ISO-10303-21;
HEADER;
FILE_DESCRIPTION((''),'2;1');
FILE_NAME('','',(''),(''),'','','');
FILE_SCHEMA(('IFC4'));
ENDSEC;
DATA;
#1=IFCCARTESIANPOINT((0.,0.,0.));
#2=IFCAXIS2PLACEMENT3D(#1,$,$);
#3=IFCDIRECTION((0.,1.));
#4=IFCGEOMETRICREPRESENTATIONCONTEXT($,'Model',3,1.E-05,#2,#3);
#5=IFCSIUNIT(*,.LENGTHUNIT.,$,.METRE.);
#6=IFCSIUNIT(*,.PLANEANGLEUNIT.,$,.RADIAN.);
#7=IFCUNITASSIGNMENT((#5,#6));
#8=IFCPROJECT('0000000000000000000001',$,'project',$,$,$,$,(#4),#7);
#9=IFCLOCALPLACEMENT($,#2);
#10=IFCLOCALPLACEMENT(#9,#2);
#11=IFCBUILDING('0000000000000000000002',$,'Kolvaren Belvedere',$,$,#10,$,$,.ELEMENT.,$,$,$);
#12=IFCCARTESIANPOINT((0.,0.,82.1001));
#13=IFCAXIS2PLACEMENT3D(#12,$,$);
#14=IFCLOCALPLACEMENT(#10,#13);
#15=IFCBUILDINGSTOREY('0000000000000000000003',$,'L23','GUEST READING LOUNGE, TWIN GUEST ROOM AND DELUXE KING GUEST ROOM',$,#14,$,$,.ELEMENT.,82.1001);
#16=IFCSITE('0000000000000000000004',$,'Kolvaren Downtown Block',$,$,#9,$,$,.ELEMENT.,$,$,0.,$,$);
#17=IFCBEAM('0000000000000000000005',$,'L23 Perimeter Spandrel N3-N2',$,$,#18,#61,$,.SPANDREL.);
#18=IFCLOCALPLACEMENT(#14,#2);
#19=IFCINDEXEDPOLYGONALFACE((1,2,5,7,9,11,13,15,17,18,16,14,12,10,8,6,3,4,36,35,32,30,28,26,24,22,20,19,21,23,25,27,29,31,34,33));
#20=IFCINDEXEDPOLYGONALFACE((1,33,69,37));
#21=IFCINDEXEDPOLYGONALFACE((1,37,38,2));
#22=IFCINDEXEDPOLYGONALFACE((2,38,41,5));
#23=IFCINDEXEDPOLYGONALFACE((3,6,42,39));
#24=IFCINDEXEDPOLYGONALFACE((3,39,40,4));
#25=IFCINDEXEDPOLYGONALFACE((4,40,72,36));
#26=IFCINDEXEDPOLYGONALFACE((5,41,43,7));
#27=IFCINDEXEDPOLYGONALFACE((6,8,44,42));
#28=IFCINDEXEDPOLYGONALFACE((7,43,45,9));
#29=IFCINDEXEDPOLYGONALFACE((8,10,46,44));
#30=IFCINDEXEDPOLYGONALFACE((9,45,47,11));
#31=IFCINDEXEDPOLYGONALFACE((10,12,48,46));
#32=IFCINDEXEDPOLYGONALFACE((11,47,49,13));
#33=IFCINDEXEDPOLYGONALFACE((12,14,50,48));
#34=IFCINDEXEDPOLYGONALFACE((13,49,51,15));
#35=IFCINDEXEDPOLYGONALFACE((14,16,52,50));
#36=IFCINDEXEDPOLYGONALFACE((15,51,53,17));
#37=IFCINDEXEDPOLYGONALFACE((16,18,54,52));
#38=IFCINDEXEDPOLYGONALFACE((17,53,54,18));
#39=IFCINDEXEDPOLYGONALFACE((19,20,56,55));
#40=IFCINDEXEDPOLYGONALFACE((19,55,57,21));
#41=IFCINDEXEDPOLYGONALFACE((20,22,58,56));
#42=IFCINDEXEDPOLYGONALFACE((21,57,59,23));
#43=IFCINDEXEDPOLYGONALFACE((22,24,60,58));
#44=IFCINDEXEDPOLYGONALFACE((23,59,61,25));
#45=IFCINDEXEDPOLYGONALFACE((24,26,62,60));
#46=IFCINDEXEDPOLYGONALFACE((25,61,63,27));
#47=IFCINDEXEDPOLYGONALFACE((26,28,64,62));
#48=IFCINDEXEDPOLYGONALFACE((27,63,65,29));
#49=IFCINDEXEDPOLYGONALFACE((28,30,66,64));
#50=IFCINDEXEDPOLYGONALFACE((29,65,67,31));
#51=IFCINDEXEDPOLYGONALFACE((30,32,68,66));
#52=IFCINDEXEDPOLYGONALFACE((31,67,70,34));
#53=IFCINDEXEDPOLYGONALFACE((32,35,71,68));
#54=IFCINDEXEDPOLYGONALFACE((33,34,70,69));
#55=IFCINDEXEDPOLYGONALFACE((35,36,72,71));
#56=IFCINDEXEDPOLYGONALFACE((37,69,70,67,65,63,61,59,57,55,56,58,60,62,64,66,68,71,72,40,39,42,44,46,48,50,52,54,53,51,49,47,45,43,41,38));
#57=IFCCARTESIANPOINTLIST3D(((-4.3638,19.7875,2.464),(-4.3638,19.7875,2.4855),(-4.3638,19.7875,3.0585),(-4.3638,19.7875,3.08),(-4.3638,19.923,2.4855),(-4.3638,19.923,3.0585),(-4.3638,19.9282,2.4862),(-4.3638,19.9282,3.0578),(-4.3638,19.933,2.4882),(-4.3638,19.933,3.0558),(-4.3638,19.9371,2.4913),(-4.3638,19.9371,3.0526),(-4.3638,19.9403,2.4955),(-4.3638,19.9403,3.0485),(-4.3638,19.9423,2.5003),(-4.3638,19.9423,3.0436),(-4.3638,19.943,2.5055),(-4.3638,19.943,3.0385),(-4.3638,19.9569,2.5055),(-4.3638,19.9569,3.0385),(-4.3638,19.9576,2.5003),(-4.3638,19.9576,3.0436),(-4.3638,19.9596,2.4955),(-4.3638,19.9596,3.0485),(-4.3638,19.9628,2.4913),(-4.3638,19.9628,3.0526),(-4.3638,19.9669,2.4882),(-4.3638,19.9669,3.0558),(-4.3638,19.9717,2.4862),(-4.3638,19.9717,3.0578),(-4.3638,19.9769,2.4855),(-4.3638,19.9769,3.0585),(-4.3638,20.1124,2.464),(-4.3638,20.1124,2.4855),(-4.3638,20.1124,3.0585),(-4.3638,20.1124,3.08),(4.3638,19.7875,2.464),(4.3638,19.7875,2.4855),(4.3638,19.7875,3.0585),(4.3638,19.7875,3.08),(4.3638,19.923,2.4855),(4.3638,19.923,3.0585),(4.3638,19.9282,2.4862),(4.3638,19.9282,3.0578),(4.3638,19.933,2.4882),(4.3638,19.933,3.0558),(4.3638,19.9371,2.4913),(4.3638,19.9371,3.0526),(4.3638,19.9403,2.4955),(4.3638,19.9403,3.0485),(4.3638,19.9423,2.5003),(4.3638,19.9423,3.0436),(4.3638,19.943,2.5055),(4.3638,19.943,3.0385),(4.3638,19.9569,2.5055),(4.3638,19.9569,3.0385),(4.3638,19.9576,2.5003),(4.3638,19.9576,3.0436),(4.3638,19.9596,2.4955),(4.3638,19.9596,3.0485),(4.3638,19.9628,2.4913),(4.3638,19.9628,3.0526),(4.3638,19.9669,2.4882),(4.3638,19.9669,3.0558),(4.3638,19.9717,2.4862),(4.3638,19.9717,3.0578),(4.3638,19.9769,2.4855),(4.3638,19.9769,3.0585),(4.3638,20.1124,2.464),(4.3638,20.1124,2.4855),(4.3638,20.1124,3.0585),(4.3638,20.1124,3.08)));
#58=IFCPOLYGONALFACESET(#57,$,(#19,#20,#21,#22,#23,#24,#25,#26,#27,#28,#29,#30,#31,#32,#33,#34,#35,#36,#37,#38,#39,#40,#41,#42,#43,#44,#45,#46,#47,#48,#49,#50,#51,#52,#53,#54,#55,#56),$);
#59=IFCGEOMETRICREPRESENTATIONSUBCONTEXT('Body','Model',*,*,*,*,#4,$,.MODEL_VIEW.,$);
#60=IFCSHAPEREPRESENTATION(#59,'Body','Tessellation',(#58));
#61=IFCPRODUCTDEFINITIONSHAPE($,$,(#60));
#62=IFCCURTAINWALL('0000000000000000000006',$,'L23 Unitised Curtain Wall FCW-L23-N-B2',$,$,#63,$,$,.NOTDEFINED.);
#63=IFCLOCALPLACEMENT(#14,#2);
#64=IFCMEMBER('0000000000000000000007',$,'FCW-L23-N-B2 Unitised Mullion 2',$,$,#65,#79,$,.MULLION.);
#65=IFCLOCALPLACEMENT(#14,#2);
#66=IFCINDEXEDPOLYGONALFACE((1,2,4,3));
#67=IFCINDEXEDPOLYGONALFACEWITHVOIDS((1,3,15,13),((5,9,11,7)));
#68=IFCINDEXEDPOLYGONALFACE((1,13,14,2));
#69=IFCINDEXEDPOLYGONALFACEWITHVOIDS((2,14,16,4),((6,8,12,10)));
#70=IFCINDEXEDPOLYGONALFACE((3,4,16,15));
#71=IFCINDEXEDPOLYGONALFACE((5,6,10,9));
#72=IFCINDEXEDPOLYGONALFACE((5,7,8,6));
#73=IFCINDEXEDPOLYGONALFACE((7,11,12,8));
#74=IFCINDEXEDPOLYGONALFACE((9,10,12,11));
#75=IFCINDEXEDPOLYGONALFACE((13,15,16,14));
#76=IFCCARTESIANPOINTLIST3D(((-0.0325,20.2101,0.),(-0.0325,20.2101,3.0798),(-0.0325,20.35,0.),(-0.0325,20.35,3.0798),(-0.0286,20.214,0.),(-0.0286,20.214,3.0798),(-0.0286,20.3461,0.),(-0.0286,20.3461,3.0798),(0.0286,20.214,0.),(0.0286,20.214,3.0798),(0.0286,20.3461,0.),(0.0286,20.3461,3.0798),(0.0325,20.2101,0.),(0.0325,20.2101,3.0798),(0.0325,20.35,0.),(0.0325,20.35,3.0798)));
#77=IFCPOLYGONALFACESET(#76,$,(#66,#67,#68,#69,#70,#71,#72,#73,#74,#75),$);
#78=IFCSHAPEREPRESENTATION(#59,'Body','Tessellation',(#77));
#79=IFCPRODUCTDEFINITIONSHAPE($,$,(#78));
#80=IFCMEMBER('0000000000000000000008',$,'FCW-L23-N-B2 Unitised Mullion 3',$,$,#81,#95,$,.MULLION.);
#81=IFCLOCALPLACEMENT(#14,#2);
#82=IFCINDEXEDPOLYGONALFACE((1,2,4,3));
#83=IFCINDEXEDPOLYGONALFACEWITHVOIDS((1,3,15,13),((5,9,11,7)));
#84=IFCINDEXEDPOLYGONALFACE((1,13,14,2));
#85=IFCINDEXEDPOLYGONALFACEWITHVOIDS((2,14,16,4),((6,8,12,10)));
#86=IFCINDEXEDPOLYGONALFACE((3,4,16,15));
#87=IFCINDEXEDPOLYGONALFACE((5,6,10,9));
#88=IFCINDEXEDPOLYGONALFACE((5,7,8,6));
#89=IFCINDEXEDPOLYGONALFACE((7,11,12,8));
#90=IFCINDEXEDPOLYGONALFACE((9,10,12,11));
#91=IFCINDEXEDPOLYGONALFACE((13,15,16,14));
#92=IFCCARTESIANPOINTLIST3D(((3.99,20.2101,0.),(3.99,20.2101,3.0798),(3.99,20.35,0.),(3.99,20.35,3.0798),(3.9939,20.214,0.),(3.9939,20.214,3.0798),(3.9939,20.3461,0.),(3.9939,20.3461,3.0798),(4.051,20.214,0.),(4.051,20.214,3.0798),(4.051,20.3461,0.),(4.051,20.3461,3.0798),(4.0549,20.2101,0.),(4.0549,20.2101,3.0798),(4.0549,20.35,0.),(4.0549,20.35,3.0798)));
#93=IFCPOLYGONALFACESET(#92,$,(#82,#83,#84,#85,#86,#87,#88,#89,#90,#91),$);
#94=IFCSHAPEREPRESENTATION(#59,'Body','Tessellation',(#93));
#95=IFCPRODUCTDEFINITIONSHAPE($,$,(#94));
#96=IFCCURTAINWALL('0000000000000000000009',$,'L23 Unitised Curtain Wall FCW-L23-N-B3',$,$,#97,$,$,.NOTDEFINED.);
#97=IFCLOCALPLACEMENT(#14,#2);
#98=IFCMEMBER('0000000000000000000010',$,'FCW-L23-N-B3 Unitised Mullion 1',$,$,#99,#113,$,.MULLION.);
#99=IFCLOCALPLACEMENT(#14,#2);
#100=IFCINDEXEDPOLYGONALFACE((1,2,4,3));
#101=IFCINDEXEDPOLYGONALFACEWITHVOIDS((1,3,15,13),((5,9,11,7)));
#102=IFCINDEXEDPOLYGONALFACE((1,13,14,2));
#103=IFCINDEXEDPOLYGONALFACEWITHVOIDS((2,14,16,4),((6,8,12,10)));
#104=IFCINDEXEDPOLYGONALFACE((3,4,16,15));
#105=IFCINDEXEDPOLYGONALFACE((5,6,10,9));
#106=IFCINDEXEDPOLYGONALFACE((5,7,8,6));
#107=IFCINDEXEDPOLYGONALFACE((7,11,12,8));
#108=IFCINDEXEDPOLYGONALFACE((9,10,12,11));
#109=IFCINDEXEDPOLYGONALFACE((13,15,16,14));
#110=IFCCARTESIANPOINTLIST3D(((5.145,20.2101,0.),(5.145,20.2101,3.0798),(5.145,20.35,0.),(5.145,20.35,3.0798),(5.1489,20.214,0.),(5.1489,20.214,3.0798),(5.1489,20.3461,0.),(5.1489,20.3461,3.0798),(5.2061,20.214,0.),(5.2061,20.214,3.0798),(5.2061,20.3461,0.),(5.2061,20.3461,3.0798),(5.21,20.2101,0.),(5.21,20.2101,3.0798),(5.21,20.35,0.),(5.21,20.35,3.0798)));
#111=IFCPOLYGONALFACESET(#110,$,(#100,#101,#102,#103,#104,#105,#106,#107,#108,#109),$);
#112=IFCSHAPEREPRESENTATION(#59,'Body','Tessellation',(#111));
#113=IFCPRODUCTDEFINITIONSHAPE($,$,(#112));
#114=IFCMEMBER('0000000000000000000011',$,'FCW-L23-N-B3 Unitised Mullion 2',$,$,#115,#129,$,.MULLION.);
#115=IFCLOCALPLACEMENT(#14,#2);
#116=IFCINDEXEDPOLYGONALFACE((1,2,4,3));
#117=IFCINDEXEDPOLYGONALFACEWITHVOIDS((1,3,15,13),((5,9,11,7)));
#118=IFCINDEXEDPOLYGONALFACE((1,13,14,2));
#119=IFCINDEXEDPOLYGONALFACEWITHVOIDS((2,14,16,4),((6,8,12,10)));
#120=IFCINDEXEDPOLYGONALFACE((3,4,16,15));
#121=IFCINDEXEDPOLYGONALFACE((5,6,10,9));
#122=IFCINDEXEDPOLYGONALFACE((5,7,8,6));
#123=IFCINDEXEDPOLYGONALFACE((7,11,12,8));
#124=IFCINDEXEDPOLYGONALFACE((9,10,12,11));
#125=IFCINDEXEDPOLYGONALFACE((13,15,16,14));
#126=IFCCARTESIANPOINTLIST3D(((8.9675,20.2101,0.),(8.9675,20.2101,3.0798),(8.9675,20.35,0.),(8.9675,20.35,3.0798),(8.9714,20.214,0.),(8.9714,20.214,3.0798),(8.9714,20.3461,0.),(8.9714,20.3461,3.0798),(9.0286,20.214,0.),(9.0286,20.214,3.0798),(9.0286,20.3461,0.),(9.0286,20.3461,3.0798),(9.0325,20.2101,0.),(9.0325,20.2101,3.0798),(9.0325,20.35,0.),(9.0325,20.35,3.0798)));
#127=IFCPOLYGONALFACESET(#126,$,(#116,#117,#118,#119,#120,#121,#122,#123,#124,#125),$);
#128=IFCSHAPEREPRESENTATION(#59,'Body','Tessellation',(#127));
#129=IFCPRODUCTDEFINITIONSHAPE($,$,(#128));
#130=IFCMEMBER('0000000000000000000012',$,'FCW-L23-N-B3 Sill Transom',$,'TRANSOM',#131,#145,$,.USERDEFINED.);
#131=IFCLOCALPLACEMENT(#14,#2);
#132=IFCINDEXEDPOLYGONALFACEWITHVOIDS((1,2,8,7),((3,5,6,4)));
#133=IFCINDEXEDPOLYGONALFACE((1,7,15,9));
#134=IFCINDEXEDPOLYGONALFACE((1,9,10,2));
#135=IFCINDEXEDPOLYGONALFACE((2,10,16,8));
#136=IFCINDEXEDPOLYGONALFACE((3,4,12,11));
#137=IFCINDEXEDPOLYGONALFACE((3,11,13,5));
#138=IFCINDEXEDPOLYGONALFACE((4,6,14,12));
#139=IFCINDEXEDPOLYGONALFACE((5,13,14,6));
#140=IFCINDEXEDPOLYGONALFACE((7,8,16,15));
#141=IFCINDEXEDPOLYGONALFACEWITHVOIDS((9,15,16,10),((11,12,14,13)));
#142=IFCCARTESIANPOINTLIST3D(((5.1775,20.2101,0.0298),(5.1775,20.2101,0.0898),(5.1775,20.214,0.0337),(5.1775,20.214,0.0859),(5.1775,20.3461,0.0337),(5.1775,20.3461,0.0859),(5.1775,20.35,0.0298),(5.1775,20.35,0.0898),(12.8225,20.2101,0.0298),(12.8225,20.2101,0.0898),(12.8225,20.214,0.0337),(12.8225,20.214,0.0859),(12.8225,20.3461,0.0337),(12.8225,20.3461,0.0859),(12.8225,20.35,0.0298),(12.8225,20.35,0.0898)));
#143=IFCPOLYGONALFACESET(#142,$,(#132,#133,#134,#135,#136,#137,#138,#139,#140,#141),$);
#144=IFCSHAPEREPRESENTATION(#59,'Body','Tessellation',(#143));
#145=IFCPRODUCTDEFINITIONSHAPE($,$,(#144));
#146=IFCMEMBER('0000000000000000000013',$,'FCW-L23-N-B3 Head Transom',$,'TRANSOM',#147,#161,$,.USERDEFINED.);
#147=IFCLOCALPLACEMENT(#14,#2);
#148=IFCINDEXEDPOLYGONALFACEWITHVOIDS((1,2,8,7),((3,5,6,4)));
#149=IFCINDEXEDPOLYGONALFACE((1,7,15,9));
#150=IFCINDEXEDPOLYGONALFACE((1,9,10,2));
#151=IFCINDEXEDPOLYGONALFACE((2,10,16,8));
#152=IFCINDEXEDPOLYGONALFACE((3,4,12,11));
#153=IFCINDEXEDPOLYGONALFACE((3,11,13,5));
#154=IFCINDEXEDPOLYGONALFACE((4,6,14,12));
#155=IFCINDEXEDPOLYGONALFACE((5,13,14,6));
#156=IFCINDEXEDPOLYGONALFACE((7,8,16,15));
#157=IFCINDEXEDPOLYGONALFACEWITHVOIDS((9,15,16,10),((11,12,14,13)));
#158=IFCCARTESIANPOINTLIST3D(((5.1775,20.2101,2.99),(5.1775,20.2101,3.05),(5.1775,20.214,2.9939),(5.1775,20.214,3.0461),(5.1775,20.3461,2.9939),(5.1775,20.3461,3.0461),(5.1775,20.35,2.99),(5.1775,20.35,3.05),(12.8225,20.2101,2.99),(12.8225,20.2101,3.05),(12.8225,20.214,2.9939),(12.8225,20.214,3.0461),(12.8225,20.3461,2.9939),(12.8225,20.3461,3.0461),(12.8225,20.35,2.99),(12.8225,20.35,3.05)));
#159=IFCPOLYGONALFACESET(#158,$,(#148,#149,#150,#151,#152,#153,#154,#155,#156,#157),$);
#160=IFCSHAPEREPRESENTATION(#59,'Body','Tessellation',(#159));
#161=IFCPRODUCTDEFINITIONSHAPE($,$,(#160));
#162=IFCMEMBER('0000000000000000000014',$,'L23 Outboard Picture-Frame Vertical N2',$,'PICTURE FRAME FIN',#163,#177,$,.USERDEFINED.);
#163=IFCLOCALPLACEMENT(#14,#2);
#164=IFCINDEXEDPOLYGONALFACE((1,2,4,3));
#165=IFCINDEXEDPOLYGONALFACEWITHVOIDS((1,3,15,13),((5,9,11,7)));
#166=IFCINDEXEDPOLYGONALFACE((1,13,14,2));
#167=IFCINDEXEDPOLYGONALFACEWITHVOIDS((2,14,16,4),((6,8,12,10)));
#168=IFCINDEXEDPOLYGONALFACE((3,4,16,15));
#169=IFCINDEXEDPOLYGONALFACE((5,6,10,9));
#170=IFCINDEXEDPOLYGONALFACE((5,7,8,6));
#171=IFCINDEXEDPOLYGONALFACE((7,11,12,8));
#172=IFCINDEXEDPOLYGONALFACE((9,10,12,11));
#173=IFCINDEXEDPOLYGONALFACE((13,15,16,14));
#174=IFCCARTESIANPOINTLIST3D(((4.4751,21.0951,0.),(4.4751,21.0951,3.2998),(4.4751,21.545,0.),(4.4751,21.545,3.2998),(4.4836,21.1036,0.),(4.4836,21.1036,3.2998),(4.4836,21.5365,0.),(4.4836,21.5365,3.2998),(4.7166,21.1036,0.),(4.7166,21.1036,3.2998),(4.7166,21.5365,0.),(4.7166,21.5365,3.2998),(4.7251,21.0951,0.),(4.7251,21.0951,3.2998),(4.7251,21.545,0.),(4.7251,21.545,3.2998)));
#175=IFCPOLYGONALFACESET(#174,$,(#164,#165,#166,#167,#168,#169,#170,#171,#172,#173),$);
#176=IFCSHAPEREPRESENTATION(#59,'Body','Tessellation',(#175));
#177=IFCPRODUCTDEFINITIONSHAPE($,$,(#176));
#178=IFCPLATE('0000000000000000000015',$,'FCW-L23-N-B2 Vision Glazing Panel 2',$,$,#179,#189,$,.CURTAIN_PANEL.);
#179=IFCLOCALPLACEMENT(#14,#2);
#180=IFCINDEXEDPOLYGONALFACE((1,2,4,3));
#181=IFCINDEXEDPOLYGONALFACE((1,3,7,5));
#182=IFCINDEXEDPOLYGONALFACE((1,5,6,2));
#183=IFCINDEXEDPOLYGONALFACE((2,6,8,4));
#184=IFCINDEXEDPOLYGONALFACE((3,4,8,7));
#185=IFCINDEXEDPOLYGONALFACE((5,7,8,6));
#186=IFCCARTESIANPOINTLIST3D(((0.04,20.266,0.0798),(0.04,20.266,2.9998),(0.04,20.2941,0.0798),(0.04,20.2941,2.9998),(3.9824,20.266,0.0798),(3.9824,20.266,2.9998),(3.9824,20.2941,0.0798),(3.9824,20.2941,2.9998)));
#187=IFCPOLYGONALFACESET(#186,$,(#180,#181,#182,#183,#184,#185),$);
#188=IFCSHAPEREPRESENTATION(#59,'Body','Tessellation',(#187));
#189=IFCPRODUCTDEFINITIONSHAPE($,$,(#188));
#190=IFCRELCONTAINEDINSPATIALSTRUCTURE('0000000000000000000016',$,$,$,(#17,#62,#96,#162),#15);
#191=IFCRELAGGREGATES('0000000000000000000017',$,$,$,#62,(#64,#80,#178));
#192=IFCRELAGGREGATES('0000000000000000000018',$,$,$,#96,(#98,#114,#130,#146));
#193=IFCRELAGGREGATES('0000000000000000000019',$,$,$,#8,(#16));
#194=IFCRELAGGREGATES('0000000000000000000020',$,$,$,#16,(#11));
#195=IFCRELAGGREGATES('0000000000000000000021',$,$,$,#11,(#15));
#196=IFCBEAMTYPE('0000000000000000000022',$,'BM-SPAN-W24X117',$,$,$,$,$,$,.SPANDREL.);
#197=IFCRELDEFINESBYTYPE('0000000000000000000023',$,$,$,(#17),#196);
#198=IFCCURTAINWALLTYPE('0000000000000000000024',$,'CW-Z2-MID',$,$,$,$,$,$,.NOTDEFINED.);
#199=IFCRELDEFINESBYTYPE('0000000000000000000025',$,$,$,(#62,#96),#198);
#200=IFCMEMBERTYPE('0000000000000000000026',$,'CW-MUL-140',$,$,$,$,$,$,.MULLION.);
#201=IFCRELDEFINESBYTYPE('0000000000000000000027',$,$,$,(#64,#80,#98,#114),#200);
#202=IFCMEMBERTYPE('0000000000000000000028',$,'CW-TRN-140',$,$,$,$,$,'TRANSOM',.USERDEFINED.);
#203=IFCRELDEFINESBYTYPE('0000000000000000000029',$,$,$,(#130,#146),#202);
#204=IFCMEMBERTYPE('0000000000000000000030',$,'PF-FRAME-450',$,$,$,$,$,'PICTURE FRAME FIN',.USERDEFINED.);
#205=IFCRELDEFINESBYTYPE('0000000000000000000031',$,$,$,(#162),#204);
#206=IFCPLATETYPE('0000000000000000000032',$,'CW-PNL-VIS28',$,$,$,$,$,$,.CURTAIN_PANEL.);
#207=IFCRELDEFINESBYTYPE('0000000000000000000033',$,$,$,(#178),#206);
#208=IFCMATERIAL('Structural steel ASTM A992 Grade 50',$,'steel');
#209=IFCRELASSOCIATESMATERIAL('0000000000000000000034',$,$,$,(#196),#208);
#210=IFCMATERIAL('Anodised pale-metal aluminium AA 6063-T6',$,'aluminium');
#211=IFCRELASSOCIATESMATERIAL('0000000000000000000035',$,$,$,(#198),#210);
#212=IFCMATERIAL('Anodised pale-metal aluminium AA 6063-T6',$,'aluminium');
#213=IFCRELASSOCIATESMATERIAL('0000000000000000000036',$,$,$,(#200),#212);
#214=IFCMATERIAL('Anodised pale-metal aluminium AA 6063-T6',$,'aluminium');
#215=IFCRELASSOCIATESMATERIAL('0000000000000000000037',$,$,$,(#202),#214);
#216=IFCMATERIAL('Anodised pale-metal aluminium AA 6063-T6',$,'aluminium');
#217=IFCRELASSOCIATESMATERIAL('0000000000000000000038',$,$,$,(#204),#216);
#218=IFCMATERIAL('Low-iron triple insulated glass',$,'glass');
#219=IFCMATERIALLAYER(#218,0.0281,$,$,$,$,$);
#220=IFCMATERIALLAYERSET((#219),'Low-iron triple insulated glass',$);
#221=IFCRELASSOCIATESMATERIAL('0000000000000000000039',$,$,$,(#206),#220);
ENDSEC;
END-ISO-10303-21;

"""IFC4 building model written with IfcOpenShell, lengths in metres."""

from ifc_helpers import new_model, si_unit, direction, frame, origin, origin_2d, place, context, subcontext, project, spatial, rectangle, hollow_rectangle, i_section, extrude, material, layer, layer_set, material_profile, profile_set, type_object, element, aggregate, save


model = new_model("IFC4")

# Units and contexts
model_context = context("Model", 3, precision=1e-05, world=origin(), true_north=direction((0.0, 1.0)))
body_context = subcontext(model_context, "Body", "Model", "MODEL_VIEW")
ifc_project = project(units=[si_unit("LENGTHUNIT", "METRE"), si_unit("PLANEANGLEUNIT", "RADIAN")], contexts=[model_context])

# Site, building, storey
site_placement = place(None, origin())
site = spatial("IfcSite", under=ifc_project, at=site_placement, Name="Kolvaren Downtown Block", CompositionType="ELEMENT", RefElevation=0.0)
building_placement = place(site_placement, origin())
building = spatial("IfcBuilding", under=site, at=building_placement, Name="Kolvaren Belvedere", CompositionType="ELEMENT")
storey_placement = place(building_placement, frame((0.0, 0.0, 82.1001)))
storey = spatial("IfcBuildingStorey", under=building, at=storey_placement, Name="L23", Description="GUEST READING LOUNGE, TWIN GUEST ROOM AND DELUXE KING GUEST ROOM", CompositionType="ELEMENT", Elevation=82.1001)

# Beam
ifc_material_1 = material(Name="Structural steel ASTM A992 Grade 50", Category="steel")
ifc_material_profile_1 = material_profile(ifc_material_1, i_section(OverallWidth=0.325, OverallDepth=0.616, WebThickness=0.0139, FlangeThickness=0.0215, FilletRadius=0.02, at=origin_2d()), Name="W24X117")
ifc_profile_set_1 = profile_set([ifc_material_profile_1], Name="Structural steel ASTM A992 Grade 50")
beam_type_1 = type_object("IfcBeamType", Name="BM-SPAN-W24X117", PredefinedType="SPANDREL", material=ifc_profile_set_1)
beam_1_placement = place(storey_placement, frame((4.3638, 19.95, 2.772), z_axis=(-1.0, 0.0, 0.0), x_axis=(0.0, -1.0, 0.0)))
element("IfcBeam", 1, at=beam_1_placement, inside=storey, type_object=beam_type_1, Name="L23 Perimeter Spandrel N3-N2", PredefinedType="SPANDREL", context=body_context, shape_type="SweptSolid", body=[
    extrude(i_section(OverallWidth=0.325, OverallDepth=0.616, WebThickness=0.0139, FlangeThickness=0.0215, FilletRadius=0.02, at=origin_2d()), origin(), (0.0, 0.0, 1.0), 8.7275),
])

# Curtain walls, members
ifc_material_2 = material(Name="Anodised pale-metal aluminium AA 6063-T6", Category="aluminium")
curtain_wall_type = type_object("IfcCurtainWallType", Name="CW-Z2-MID", PredefinedType="NOTDEFINED", material=ifc_material_2)
curtain_wall_1_placement = place(storey_placement, origin())
curtain_wall_1 = element("IfcCurtainWall", 2, at=curtain_wall_1_placement, inside=storey, type_object=curtain_wall_type, Name="L23 Unitised Curtain Wall FCW-L23-N-B2", PredefinedType="NOTDEFINED")
ifc_material_3 = material(Name="Anodised pale-metal aluminium AA 6063-T6", Category="aluminium")
ifc_material_profile_2 = material_profile(ifc_material_3, hollow_rectangle(XDim=0.0649, YDim=0.1399, WallThickness=0.0039, at=origin_2d()), Name="ALU-MUL-140X65")
ifc_profile_set_2 = profile_set([ifc_material_profile_2], Name="Anodised pale-metal aluminium AA 6063-T6")
member_type_1 = type_object("IfcMemberType", Name="CW-MUL-140", PredefinedType="MULLION", material=ifc_profile_set_2)
member_1_placement = place(storey_placement, frame((0.0, 20.28, 0.0), z_axis=(0.0, 0.0, 1.0), x_axis=(1.0, 0.0, 0.0)))
member_1 = element("IfcMember", 3, at=member_1_placement, type_object=member_type_1, Name="FCW-L23-N-B2 Unitised Mullion 2", PredefinedType="MULLION", context=body_context, shape_type="SweptSolid", body=[
    extrude(hollow_rectangle(XDim=0.0649, YDim=0.1399, WallThickness=0.0039, at=origin_2d()), origin(), (0.0, 0.0, 1.0), 3.0798),
])
member_2_placement = place(storey_placement, frame((4.0225, 20.28, 0.0), z_axis=(0.0, 0.0, 1.0), x_axis=(1.0, 0.0, 0.0)))
member_2 = element("IfcMember", 4, at=member_2_placement, type_object=member_type_1, Name="FCW-L23-N-B2 Unitised Mullion 3", PredefinedType="MULLION", context=body_context, shape_type="SweptSolid", body=[
    extrude(hollow_rectangle(XDim=0.0649, YDim=0.1399, WallThickness=0.0039, at=origin_2d()), origin(), (0.0, 0.0, 1.0), 3.0798),
])
curtain_wall_2_placement = place(storey_placement, origin())
curtain_wall_2 = element("IfcCurtainWall", 5, at=curtain_wall_2_placement, inside=storey, type_object=curtain_wall_type, Name="L23 Unitised Curtain Wall FCW-L23-N-B3", PredefinedType="NOTDEFINED")
member_3_placement = place(storey_placement, frame((5.1775, 20.28, 0.0), z_axis=(0.0, 0.0, 1.0), x_axis=(1.0, 0.0, 0.0)))
member_3 = element("IfcMember", 6, at=member_3_placement, type_object=member_type_1, Name="FCW-L23-N-B3 Unitised Mullion 1", PredefinedType="MULLION", context=body_context, shape_type="SweptSolid", body=[
    extrude(hollow_rectangle(XDim=0.0649, YDim=0.1399, WallThickness=0.0039, at=origin_2d()), origin(), (0.0, 0.0, 1.0), 3.0798),
])
member_4_placement = place(storey_placement, frame((9.0, 20.28, 0.0), z_axis=(0.0, 0.0, 1.0), x_axis=(1.0, 0.0, 0.0)))
member_4 = element("IfcMember", 7, at=member_4_placement, type_object=member_type_1, Name="FCW-L23-N-B3 Unitised Mullion 2", PredefinedType="MULLION", context=body_context, shape_type="SweptSolid", body=[
    extrude(hollow_rectangle(XDim=0.0649, YDim=0.1399, WallThickness=0.0039, at=origin_2d()), origin(), (0.0, 0.0, 1.0), 3.0798),
])
ifc_material_4 = material(Name="Anodised pale-metal aluminium AA 6063-T6", Category="aluminium")
ifc_material_profile_3 = material_profile(ifc_material_4, hollow_rectangle(XDim=0.0601, YDim=0.1399, WallThickness=0.0039, at=origin_2d()), Name="ALU-TRN-140X60")
ifc_profile_set_3 = profile_set([ifc_material_profile_3], Name="Anodised pale-metal aluminium AA 6063-T6")
member_type_2 = type_object("IfcMemberType", Name="CW-TRN-140", ElementType="TRANSOM", PredefinedType="USERDEFINED", material=ifc_profile_set_3)
member_5_placement = place(storey_placement, frame((5.1775, 20.28, 0.0598), z_axis=(1.0, 0.0, 0.0), x_axis=(0.0, 0.0, 1.0)))
member_5 = element("IfcMember", 8, at=member_5_placement, type_object=member_type_2, Name="FCW-L23-N-B3 Sill Transom", ObjectType="TRANSOM", PredefinedType="USERDEFINED", context=body_context, shape_type="SweptSolid", body=[
    extrude(hollow_rectangle(XDim=0.0601, YDim=0.1399, WallThickness=0.0039, at=origin_2d()), origin(), (0.0, 0.0, 1.0), 7.645),
])
member_6_placement = place(storey_placement, frame((5.1775, 20.28, 3.02), z_axis=(1.0, 0.0, 0.0), x_axis=(0.0, 0.0, 1.0)))
member_6 = element("IfcMember", 9, at=member_6_placement, type_object=member_type_2, Name="FCW-L23-N-B3 Head Transom", ObjectType="TRANSOM", PredefinedType="USERDEFINED", context=body_context, shape_type="SweptSolid", body=[
    extrude(hollow_rectangle(XDim=0.0601, YDim=0.1399, WallThickness=0.0039, at=origin_2d()), origin(), (0.0, 0.0, 1.0), 7.645),
])

# Member
ifc_material_5 = material(Name="Anodised pale-metal aluminium AA 6063-T6", Category="aluminium")
ifc_material_profile_4 = material_profile(ifc_material_5, hollow_rectangle(XDim=0.25, YDim=0.45, WallThickness=0.0085, at=origin_2d()), Name="ALU-PF-450X250")
ifc_profile_set_4 = profile_set([ifc_material_profile_4], Name="Anodised pale-metal aluminium AA 6063-T6")
member_type_3 = type_object("IfcMemberType", Name="PF-FRAME-450", ElementType="PICTURE FRAME FIN", PredefinedType="USERDEFINED", material=ifc_profile_set_4)
member_7_placement = place(storey_placement, frame((4.6001, 21.3201, 0.0), z_axis=(0.0, 0.0, 1.0), x_axis=(1.0, 0.0, 0.0)))
element("IfcMember", 10, at=member_7_placement, inside=storey, type_object=member_type_3, Name="L23 Outboard Picture-Frame Vertical N2", ObjectType="PICTURE FRAME FIN", PredefinedType="USERDEFINED", context=body_context, shape_type="SweptSolid", body=[
    extrude(hollow_rectangle(XDim=0.25, YDim=0.45, WallThickness=0.0085, at=origin_2d()), origin(), (0.0, 0.0, 1.0), 3.2998),
])

# Plate
ifc_material_6 = material(Name="Low-iron triple insulated glass", Category="glass")
ifc_layer_1 = layer(ifc_material_6, 0.0281)
ifc_layer_set_1 = layer_set([ifc_layer_1], Name="Low-iron triple insulated glass")
plate_type_1 = type_object("IfcPlateType", Name="CW-PNL-VIS28", PredefinedType="CURTAIN_PANEL", material=ifc_layer_set_1)
plate_1_placement = place(storey_placement, frame((2.0112, 20.28, 0.0798), z_axis=(0.0, 0.0, 1.0), x_axis=(1.0, 0.0, 0.0)))
plate_1 = element("IfcPlate", 11, at=plate_1_placement, type_object=plate_type_1, Name="FCW-L23-N-B2 Vision Glazing Panel 2", PredefinedType="CURTAIN_PANEL", context=body_context, shape_type="SweptSolid", body=[
    extrude(rectangle(XDim=3.9424, YDim=0.0281, at=origin_2d()), origin(), (0.0, 0.0, 1.0), 2.9199),
])
aggregate(curtain_wall_1, [member_1, member_2, plate_1])
aggregate(curtain_wall_2, [member_3, member_4, member_5, member_6])

save(model, "model.ifc")
